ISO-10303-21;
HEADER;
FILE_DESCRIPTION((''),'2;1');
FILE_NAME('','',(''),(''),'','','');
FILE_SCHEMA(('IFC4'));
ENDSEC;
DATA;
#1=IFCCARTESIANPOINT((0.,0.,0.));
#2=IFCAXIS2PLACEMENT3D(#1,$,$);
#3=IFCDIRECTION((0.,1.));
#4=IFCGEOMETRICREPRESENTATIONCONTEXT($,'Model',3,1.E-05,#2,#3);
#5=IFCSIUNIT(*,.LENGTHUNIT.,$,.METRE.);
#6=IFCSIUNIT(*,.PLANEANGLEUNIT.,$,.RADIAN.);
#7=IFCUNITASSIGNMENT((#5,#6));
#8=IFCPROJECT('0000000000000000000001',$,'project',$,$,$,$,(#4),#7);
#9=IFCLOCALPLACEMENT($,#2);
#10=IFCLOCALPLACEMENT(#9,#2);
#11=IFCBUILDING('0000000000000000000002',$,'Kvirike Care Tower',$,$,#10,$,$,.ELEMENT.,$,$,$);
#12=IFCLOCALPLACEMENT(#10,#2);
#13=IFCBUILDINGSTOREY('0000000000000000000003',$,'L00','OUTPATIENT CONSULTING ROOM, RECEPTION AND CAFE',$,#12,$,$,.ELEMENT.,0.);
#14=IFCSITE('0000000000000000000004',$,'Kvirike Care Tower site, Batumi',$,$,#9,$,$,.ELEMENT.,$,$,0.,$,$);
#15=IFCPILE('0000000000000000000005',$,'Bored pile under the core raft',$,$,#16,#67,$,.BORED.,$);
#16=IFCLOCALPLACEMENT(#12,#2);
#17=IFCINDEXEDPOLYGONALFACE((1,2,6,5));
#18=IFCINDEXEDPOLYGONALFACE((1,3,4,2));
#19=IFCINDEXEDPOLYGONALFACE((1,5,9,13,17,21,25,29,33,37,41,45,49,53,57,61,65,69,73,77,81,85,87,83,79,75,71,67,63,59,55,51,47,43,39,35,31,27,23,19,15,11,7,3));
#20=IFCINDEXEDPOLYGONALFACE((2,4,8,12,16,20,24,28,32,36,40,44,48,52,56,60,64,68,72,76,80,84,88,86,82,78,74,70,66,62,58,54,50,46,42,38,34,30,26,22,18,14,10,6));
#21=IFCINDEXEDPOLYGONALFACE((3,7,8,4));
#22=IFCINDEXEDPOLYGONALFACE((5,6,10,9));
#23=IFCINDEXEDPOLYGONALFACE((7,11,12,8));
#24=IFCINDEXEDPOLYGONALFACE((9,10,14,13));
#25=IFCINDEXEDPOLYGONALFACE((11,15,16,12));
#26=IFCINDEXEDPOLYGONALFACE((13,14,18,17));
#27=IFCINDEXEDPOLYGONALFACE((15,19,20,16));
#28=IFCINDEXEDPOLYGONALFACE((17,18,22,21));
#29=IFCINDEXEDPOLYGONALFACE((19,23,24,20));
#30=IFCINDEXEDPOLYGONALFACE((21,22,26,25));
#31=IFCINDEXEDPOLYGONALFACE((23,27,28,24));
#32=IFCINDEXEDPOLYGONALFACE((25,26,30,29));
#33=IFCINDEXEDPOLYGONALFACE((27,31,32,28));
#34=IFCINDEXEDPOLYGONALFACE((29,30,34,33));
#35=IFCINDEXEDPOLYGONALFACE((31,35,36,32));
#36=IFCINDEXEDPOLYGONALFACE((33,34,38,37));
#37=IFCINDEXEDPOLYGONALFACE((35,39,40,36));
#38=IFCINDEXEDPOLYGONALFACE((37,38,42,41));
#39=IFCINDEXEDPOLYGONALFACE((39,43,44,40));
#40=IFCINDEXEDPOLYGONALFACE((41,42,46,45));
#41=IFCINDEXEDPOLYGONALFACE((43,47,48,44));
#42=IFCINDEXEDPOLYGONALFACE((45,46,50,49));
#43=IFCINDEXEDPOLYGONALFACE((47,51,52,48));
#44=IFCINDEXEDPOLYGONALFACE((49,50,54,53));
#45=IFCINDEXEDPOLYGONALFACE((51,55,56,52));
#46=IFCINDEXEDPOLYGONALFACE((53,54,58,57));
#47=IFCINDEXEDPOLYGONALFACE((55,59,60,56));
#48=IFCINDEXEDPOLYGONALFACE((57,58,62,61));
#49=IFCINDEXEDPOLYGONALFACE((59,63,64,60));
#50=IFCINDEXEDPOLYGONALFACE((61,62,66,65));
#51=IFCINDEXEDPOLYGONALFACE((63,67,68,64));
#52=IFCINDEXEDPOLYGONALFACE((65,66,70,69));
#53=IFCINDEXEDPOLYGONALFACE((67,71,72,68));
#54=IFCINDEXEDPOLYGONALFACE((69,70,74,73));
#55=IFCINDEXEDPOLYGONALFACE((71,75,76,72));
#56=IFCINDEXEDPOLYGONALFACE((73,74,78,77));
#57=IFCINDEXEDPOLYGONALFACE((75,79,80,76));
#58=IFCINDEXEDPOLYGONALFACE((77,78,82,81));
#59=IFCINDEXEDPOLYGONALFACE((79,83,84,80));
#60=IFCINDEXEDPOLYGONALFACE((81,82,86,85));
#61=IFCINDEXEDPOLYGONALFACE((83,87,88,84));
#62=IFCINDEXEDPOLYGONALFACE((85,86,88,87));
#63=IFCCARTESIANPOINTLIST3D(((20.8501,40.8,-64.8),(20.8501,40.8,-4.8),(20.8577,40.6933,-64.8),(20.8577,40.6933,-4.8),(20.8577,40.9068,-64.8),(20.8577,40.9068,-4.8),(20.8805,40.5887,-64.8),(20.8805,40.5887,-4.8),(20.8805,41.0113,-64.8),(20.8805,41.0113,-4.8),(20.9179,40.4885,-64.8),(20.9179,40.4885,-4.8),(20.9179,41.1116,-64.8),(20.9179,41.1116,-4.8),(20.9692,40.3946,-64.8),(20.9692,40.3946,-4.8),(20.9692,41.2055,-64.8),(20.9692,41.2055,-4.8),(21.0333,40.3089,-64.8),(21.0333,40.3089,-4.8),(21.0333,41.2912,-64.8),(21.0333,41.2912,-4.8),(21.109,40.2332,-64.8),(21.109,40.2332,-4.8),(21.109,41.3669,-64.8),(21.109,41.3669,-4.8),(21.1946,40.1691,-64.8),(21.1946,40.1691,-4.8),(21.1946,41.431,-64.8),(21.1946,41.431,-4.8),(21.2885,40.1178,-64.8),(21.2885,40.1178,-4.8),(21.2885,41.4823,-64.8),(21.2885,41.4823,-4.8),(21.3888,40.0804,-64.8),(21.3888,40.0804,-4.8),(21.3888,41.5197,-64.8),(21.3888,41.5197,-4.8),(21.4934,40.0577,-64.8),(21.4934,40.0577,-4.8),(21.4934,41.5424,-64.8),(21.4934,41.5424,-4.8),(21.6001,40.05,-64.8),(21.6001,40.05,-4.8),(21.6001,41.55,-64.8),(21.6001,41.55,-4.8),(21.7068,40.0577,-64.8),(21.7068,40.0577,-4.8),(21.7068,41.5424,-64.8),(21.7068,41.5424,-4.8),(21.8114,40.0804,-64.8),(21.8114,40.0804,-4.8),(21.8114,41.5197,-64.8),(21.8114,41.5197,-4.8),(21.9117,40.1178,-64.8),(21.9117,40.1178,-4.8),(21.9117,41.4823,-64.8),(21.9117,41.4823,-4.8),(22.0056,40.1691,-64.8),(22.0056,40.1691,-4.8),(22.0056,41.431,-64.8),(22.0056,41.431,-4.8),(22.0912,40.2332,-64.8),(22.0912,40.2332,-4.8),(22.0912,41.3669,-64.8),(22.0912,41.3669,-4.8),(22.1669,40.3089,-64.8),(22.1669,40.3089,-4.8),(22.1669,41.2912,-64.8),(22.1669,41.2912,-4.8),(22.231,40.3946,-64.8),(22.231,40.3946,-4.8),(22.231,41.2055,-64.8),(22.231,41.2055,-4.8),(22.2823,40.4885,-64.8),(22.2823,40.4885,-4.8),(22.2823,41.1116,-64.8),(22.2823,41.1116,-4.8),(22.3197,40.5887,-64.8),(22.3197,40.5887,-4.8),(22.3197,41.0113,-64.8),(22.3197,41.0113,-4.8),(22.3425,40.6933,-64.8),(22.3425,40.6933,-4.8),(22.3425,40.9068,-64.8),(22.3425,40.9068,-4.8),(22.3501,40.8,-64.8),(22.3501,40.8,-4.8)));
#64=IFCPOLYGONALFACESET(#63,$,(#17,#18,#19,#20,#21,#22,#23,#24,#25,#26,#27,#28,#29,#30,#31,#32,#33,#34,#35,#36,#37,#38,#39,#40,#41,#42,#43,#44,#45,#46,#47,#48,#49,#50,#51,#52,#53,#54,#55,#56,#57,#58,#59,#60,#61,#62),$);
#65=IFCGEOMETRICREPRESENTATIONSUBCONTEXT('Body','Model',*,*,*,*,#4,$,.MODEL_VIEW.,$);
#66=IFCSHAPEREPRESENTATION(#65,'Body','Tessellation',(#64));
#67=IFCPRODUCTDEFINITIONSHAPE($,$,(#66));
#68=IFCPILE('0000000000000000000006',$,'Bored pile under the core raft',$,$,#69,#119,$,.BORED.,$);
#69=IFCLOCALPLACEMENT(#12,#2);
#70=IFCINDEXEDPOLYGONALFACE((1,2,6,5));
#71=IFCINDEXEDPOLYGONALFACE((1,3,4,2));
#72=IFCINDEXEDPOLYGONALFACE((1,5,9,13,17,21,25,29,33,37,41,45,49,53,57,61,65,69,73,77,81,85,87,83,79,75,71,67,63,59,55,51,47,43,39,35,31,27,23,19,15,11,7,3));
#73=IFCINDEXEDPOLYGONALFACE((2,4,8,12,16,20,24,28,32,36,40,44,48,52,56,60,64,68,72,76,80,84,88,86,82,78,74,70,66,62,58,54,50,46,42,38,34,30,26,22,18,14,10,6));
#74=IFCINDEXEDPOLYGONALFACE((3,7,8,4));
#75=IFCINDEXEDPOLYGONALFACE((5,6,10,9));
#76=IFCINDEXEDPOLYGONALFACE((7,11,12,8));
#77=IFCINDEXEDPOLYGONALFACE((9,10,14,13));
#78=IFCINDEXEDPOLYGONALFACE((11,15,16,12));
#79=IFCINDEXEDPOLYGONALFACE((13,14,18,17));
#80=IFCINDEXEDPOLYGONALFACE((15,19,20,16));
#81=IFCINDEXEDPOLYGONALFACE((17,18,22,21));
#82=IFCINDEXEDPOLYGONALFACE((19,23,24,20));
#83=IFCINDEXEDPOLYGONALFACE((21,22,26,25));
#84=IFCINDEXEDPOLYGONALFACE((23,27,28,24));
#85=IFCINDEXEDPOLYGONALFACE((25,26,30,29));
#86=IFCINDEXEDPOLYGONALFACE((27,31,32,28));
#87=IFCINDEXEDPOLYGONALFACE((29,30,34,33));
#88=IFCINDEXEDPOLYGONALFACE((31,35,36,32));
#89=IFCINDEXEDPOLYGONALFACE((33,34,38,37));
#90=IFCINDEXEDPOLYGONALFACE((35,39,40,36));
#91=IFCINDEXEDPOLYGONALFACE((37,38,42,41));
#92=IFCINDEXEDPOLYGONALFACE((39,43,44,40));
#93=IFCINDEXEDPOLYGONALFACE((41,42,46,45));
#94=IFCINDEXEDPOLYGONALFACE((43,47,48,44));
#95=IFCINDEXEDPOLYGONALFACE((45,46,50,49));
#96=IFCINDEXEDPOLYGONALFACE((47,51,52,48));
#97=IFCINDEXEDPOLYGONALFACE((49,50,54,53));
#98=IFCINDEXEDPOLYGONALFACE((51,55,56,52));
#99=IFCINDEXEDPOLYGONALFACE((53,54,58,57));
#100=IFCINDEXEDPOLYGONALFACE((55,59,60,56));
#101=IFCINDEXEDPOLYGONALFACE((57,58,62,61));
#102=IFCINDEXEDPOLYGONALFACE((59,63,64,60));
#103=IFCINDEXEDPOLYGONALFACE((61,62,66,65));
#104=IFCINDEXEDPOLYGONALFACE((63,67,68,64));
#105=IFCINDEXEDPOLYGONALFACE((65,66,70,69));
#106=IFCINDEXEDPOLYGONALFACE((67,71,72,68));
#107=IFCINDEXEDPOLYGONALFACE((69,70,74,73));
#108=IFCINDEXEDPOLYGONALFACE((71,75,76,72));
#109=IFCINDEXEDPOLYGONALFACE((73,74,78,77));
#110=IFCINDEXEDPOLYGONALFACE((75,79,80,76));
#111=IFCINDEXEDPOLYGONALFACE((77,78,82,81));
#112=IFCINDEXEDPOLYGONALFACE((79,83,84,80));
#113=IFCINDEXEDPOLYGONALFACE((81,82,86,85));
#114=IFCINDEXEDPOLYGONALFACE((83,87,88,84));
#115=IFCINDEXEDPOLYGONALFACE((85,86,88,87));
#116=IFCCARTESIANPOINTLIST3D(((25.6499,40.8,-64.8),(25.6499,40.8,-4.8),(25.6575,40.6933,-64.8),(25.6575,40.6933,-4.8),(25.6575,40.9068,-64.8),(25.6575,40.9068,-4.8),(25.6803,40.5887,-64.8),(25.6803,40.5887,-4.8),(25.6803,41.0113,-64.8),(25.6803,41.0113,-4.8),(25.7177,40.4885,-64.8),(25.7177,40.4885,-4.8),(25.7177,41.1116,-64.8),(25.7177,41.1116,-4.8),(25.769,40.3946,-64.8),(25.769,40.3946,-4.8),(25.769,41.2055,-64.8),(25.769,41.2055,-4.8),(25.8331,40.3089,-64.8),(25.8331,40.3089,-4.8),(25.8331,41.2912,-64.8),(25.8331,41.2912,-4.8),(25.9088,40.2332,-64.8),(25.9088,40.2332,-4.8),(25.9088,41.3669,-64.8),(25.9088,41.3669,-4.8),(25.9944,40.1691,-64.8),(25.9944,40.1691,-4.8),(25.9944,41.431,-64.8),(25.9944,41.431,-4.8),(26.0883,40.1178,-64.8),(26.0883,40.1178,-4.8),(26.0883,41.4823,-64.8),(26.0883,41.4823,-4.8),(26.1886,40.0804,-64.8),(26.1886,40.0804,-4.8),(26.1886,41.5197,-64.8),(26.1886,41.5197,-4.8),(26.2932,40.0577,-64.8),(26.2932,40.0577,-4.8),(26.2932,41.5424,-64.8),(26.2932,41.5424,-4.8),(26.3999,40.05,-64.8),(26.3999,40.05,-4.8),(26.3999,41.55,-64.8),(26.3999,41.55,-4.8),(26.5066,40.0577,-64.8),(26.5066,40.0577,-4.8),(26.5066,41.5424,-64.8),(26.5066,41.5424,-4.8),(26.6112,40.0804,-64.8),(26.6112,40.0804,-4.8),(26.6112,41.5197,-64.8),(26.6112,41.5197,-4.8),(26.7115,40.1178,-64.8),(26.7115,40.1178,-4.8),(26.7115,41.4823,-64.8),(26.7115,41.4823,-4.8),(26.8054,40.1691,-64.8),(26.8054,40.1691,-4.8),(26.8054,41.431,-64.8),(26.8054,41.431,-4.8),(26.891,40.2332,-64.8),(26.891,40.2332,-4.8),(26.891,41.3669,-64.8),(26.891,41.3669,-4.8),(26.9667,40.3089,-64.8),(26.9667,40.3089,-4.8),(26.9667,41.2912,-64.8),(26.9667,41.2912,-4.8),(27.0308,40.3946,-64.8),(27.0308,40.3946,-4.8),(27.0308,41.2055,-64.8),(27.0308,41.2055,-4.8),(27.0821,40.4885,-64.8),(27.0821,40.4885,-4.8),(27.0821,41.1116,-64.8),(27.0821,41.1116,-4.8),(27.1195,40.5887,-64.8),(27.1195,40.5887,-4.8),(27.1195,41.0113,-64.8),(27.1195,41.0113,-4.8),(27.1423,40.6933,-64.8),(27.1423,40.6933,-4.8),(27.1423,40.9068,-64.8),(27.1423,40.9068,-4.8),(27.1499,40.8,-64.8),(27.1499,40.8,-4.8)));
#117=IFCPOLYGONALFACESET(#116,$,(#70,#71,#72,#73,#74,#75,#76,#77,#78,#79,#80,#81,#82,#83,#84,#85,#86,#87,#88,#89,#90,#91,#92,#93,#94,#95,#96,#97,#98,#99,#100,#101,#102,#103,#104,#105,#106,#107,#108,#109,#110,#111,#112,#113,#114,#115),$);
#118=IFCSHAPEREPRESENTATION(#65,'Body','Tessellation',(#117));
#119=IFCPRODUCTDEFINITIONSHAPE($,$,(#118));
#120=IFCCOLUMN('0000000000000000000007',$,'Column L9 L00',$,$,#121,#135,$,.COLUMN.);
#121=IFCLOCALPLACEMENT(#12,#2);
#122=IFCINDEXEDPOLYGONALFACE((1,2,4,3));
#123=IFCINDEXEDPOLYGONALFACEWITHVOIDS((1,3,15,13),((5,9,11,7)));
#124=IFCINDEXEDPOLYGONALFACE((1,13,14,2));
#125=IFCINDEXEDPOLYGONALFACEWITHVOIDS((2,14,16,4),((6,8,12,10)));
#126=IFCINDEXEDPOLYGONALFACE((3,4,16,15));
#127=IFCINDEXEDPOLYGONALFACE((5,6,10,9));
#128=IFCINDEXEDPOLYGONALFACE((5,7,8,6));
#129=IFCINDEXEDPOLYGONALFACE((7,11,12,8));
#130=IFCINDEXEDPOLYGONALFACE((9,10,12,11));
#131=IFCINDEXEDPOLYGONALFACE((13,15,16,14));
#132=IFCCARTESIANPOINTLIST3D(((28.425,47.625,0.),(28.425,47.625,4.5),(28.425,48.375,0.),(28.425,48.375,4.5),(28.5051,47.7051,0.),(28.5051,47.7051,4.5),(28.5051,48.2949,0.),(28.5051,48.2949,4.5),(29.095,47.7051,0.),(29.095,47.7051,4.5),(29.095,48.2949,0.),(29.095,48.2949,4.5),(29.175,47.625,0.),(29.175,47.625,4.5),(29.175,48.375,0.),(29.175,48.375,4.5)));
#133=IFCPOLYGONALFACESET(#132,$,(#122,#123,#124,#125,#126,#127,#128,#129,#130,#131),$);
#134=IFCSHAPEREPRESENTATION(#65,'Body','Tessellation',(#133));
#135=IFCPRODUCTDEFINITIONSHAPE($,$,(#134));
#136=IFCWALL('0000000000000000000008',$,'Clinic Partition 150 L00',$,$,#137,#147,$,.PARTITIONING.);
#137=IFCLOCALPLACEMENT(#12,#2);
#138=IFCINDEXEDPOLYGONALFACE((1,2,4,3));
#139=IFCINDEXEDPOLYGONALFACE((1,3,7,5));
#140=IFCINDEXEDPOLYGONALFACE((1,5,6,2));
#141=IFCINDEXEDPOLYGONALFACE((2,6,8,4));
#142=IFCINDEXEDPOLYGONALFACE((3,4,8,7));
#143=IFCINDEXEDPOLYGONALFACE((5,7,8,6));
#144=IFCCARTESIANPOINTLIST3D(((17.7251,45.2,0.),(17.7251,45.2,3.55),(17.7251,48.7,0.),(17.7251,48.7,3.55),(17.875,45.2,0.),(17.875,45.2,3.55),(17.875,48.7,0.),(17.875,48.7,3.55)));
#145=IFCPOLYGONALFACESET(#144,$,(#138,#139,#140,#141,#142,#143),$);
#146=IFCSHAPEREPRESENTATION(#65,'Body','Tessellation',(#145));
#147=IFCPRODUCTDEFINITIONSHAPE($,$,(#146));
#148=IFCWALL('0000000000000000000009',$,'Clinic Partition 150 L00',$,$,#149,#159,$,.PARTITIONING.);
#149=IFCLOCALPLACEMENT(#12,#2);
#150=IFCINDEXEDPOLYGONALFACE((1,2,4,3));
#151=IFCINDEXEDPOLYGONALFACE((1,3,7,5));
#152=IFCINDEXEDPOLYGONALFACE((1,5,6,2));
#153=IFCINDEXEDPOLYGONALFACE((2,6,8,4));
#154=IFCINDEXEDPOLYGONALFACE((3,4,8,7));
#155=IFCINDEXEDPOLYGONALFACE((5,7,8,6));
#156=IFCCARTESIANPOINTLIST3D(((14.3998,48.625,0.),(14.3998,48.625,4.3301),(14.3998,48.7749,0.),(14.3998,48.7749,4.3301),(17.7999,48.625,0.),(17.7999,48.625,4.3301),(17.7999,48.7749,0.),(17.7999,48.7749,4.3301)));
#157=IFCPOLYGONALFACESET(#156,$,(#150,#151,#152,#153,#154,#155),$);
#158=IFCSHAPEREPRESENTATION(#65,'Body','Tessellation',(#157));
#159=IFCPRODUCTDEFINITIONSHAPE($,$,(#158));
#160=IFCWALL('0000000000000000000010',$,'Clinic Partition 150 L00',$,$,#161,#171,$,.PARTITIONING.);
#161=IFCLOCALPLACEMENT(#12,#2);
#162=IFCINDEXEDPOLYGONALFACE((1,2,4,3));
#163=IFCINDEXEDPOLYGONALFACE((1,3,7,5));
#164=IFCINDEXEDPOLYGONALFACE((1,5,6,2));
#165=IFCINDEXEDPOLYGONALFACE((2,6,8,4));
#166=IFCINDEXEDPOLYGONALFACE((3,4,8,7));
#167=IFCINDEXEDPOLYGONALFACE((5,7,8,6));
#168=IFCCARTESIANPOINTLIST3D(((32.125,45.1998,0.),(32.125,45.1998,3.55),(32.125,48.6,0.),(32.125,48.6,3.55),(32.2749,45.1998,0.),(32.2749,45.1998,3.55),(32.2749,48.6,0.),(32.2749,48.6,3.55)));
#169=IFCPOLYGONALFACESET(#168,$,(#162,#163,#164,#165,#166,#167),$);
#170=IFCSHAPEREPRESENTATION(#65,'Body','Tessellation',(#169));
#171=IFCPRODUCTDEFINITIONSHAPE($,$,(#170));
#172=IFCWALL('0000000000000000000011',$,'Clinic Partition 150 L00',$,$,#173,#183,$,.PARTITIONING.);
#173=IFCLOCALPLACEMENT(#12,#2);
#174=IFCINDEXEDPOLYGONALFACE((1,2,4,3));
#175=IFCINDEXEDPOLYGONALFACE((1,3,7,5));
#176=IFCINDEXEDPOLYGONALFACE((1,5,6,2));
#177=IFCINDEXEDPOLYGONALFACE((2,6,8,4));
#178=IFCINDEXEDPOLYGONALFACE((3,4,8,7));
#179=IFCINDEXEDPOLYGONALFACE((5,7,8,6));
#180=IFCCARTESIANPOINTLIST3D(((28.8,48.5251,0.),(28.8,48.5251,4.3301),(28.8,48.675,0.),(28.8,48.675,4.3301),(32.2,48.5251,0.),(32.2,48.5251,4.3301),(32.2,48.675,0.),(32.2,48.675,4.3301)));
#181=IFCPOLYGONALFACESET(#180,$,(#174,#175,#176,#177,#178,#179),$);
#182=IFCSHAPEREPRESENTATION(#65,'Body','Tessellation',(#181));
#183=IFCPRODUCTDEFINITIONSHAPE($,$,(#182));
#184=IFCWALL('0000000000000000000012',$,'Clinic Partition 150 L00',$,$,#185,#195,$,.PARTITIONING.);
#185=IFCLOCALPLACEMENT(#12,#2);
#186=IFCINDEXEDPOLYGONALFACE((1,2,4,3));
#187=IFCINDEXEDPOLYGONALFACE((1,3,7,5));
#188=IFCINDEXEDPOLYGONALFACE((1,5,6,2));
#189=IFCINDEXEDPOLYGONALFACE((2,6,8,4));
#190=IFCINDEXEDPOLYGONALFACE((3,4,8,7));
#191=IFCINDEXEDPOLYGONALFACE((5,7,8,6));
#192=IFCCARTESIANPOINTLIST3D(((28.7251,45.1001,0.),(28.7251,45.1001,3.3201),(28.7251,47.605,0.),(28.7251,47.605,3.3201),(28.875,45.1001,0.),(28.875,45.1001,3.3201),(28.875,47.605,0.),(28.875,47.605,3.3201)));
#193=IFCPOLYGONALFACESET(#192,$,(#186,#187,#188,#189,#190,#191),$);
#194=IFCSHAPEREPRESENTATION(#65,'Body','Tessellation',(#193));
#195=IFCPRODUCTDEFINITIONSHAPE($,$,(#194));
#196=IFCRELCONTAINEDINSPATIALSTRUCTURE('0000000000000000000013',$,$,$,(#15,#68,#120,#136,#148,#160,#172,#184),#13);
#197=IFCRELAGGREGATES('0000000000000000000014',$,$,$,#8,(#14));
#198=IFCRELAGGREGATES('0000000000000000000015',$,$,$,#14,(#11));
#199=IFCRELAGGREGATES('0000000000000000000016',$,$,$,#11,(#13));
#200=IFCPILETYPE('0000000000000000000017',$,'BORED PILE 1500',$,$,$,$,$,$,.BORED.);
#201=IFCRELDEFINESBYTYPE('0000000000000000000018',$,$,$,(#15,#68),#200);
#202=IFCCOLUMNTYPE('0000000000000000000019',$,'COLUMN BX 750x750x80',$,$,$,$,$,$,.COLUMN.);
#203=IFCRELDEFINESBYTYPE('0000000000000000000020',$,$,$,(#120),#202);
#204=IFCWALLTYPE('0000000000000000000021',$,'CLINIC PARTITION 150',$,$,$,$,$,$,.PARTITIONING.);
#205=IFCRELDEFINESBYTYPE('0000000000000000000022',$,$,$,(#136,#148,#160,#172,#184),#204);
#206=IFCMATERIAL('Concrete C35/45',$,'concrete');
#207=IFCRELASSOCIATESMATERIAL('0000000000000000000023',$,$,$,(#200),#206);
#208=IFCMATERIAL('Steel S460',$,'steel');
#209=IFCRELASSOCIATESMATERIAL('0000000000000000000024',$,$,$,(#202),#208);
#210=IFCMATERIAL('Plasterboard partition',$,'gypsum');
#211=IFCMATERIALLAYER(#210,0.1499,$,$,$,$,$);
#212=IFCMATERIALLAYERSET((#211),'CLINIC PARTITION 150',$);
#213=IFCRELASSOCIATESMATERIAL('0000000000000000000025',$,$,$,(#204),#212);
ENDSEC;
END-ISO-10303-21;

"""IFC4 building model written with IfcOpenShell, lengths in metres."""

from ifc_helpers import new_model, si_unit, direction, frame, frame_2d, origin, origin_2d, place, context, subcontext, project, spatial, rectangle, hollow_rectangle, circle, extrude, material, layer, layer_set, material_profile, profile_set, type_object, element, save


model = new_model("IFC4")

# Units and contexts
model_context = context("Model", 3, precision=1e-05, world=origin(), true_north=direction((0.0, 1.0)))
body_context = subcontext(model_context, "Body", "Model", "MODEL_VIEW")
ifc_project = project(units=[si_unit("LENGTHUNIT", "METRE"), si_unit("PLANEANGLEUNIT", "RADIAN")], contexts=[model_context])

# Site, building, storey
site_placement = place(None, origin())
site = spatial("IfcSite", under=ifc_project, at=site_placement, Name="Kvirike Care Tower site, Batumi", CompositionType="ELEMENT", RefElevation=0.0)
building_placement = place(site_placement, origin())
building = spatial("IfcBuilding", under=site, at=building_placement, Name="Kvirike Care Tower", CompositionType="ELEMENT")
storey_placement = place(building_placement, origin())
storey = spatial("IfcBuildingStorey", under=building, at=storey_placement, Name="L00", Description="OUTPATIENT CONSULTING ROOM, RECEPTION AND CAFE", CompositionType="ELEMENT", Elevation=0.0)

# Piles
ifc_material_1 = material(Name="Concrete C35/45", Category="concrete")
ifc_material_profile_1 = material_profile(ifc_material_1, circle(Radius=0.75, at=origin_2d()), Name="BORED PILE 1500")
ifc_profile_set_1 = profile_set([ifc_material_profile_1], Name="Concrete C35/45")
pile_type = type_object("IfcPileType", Name="BORED PILE 1500", PredefinedType="BORED", material=ifc_profile_set_1)
for number, where, z_axis, x_axis, name in (
    (1, (21.6001, 40.8, -4.8), (0.0, 0.0, -1.0), (1.0, 0.0, 0.0), "Bored pile under the core raft"),
    (2, (26.3999, 40.8, -4.8), (0.0, 0.0, -1.0), (1.0, 0.0, 0.0), "Bored pile under the core raft"),
):
    element("IfcPile", number, at=place(storey_placement, frame(where, z_axis=z_axis, x_axis=x_axis)), inside=storey, type_object=pile_type, Name=name, PredefinedType="BORED", context=body_context, shape_type="SweptSolid", body=[
        extrude(circle(Radius=0.75, at=origin_2d()), origin(), (0.0, 0.0, 1.0), 60.0),
    ])

# Column
ifc_material_2 = material(Name="Steel S460", Category="steel")
ifc_material_profile_2 = material_profile(ifc_material_2, hollow_rectangle(XDim=0.75, YDim=0.75, WallThickness=0.0801, at=origin_2d()), Name="BX 750x750x80")
ifc_profile_set_2 = profile_set([ifc_material_profile_2], Name="Steel S460")
column_type = type_object("IfcColumnType", Name="COLUMN BX 750x750x80", PredefinedType="COLUMN", material=ifc_profile_set_2)
column_placement = place(storey_placement, frame((28.8, 48.0, 0.0), z_axis=(0.0, 0.0, 1.0), x_axis=(1.0, 0.0, 0.0)))
element("IfcColumn", 3, at=column_placement, inside=storey, type_object=column_type, Name="Column L9 L00", PredefinedType="COLUMN", context=body_context, shape_type="SweptSolid", body=[
    extrude(hollow_rectangle(XDim=0.75, YDim=0.75, WallThickness=0.0801, at=origin_2d()), origin(), (0.0, 0.0, 1.0), 4.5),
])

# Walls
ifc_material_3 = material(Name="Plasterboard partition", Category="gypsum")
ifc_layer_1 = layer(ifc_material_3, 0.1499)
ifc_layer_set_1 = layer_set([ifc_layer_1], Name="CLINIC PARTITION 150")
wall_type_1 = type_object("IfcWallType", Name="CLINIC PARTITION 150", PredefinedType="PARTITIONING", material=ifc_layer_set_1)
wall_1_placement = place(storey_placement, frame((17.8, 48.7, 0.0), z_axis=(0.0, 0.0, 1.0), x_axis=(0.0, -1.0, 0.0)))
element("IfcWall", 4, at=wall_1_placement, inside=storey, type_object=wall_type_1, Name="Clinic Partition 150 L00", PredefinedType="PARTITIONING", context=body_context, shape_type="SweptSolid", body=[
    extrude(rectangle(XDim=3.5, YDim=0.1499, at=frame_2d((1.75, 0.0))), origin(), (0.0, 0.0, 1.0), 3.55),
])
wall_2_placement = place(storey_placement, frame((17.8, 48.7, 0.0), z_axis=(0.0, 0.0, 1.0), x_axis=(-1.0, 0.0, 0.0)))
element("IfcWall", 5, at=wall_2_placement, inside=storey, type_object=wall_type_1, Name="Clinic Partition 150 L00", PredefinedType="PARTITIONING", context=body_context, shape_type="SweptSolid", body=[
    extrude(rectangle(XDim=3.4001, YDim=0.1499, at=frame_2d((1.7002, 0.0))), origin(), (0.0, 0.0, 1.0), 4.3301),
])
wall_3_placement = place(storey_placement, frame((32.2, 48.6001, 0.0), z_axis=(0.0, 0.0, 1.0), x_axis=(0.0, -1.0, 0.0)))
element("IfcWall", 6, at=wall_3_placement, inside=storey, type_object=wall_type_1, Name="Clinic Partition 150 L00", PredefinedType="PARTITIONING", context=body_context, shape_type="SweptSolid", body=[
    extrude(rectangle(XDim=3.4001, YDim=0.1499, at=frame_2d((1.7002, 0.0))), origin(), (0.0, 0.0, 1.0), 3.55),
])
wall_4_placement = place(storey_placement, frame((32.2, 48.6001, 0.0), z_axis=(0.0, 0.0, 1.0), x_axis=(-1.0, 0.0, 0.0)))
element("IfcWall", 7, at=wall_4_placement, inside=storey, type_object=wall_type_1, Name="Clinic Partition 150 L00", PredefinedType="PARTITIONING", context=body_context, shape_type="SweptSolid", body=[
    extrude(rectangle(XDim=3.3999, YDim=0.1499, at=frame_2d((1.7, 0.0))), origin(), (0.0, 0.0, 1.0), 4.3301),
])
wall_5_placement = place(storey_placement, frame((28.8, 45.1001, 0.0), z_axis=(0.0, 0.0, 1.0), x_axis=(0.0, 1.0, 0.0)))
element("IfcWall", 8, at=wall_5_placement, inside=storey, type_object=wall_type_1, Name="Clinic Partition 150 L00", PredefinedType="PARTITIONING", context=body_context, shape_type="SweptSolid", body=[
    extrude(rectangle(XDim=2.5049, YDim=0.1499, at=frame_2d((1.2524, 0.0))), origin(), (0.0, 0.0, 1.0), 3.3201),
])

save(model, "model.ifc")
